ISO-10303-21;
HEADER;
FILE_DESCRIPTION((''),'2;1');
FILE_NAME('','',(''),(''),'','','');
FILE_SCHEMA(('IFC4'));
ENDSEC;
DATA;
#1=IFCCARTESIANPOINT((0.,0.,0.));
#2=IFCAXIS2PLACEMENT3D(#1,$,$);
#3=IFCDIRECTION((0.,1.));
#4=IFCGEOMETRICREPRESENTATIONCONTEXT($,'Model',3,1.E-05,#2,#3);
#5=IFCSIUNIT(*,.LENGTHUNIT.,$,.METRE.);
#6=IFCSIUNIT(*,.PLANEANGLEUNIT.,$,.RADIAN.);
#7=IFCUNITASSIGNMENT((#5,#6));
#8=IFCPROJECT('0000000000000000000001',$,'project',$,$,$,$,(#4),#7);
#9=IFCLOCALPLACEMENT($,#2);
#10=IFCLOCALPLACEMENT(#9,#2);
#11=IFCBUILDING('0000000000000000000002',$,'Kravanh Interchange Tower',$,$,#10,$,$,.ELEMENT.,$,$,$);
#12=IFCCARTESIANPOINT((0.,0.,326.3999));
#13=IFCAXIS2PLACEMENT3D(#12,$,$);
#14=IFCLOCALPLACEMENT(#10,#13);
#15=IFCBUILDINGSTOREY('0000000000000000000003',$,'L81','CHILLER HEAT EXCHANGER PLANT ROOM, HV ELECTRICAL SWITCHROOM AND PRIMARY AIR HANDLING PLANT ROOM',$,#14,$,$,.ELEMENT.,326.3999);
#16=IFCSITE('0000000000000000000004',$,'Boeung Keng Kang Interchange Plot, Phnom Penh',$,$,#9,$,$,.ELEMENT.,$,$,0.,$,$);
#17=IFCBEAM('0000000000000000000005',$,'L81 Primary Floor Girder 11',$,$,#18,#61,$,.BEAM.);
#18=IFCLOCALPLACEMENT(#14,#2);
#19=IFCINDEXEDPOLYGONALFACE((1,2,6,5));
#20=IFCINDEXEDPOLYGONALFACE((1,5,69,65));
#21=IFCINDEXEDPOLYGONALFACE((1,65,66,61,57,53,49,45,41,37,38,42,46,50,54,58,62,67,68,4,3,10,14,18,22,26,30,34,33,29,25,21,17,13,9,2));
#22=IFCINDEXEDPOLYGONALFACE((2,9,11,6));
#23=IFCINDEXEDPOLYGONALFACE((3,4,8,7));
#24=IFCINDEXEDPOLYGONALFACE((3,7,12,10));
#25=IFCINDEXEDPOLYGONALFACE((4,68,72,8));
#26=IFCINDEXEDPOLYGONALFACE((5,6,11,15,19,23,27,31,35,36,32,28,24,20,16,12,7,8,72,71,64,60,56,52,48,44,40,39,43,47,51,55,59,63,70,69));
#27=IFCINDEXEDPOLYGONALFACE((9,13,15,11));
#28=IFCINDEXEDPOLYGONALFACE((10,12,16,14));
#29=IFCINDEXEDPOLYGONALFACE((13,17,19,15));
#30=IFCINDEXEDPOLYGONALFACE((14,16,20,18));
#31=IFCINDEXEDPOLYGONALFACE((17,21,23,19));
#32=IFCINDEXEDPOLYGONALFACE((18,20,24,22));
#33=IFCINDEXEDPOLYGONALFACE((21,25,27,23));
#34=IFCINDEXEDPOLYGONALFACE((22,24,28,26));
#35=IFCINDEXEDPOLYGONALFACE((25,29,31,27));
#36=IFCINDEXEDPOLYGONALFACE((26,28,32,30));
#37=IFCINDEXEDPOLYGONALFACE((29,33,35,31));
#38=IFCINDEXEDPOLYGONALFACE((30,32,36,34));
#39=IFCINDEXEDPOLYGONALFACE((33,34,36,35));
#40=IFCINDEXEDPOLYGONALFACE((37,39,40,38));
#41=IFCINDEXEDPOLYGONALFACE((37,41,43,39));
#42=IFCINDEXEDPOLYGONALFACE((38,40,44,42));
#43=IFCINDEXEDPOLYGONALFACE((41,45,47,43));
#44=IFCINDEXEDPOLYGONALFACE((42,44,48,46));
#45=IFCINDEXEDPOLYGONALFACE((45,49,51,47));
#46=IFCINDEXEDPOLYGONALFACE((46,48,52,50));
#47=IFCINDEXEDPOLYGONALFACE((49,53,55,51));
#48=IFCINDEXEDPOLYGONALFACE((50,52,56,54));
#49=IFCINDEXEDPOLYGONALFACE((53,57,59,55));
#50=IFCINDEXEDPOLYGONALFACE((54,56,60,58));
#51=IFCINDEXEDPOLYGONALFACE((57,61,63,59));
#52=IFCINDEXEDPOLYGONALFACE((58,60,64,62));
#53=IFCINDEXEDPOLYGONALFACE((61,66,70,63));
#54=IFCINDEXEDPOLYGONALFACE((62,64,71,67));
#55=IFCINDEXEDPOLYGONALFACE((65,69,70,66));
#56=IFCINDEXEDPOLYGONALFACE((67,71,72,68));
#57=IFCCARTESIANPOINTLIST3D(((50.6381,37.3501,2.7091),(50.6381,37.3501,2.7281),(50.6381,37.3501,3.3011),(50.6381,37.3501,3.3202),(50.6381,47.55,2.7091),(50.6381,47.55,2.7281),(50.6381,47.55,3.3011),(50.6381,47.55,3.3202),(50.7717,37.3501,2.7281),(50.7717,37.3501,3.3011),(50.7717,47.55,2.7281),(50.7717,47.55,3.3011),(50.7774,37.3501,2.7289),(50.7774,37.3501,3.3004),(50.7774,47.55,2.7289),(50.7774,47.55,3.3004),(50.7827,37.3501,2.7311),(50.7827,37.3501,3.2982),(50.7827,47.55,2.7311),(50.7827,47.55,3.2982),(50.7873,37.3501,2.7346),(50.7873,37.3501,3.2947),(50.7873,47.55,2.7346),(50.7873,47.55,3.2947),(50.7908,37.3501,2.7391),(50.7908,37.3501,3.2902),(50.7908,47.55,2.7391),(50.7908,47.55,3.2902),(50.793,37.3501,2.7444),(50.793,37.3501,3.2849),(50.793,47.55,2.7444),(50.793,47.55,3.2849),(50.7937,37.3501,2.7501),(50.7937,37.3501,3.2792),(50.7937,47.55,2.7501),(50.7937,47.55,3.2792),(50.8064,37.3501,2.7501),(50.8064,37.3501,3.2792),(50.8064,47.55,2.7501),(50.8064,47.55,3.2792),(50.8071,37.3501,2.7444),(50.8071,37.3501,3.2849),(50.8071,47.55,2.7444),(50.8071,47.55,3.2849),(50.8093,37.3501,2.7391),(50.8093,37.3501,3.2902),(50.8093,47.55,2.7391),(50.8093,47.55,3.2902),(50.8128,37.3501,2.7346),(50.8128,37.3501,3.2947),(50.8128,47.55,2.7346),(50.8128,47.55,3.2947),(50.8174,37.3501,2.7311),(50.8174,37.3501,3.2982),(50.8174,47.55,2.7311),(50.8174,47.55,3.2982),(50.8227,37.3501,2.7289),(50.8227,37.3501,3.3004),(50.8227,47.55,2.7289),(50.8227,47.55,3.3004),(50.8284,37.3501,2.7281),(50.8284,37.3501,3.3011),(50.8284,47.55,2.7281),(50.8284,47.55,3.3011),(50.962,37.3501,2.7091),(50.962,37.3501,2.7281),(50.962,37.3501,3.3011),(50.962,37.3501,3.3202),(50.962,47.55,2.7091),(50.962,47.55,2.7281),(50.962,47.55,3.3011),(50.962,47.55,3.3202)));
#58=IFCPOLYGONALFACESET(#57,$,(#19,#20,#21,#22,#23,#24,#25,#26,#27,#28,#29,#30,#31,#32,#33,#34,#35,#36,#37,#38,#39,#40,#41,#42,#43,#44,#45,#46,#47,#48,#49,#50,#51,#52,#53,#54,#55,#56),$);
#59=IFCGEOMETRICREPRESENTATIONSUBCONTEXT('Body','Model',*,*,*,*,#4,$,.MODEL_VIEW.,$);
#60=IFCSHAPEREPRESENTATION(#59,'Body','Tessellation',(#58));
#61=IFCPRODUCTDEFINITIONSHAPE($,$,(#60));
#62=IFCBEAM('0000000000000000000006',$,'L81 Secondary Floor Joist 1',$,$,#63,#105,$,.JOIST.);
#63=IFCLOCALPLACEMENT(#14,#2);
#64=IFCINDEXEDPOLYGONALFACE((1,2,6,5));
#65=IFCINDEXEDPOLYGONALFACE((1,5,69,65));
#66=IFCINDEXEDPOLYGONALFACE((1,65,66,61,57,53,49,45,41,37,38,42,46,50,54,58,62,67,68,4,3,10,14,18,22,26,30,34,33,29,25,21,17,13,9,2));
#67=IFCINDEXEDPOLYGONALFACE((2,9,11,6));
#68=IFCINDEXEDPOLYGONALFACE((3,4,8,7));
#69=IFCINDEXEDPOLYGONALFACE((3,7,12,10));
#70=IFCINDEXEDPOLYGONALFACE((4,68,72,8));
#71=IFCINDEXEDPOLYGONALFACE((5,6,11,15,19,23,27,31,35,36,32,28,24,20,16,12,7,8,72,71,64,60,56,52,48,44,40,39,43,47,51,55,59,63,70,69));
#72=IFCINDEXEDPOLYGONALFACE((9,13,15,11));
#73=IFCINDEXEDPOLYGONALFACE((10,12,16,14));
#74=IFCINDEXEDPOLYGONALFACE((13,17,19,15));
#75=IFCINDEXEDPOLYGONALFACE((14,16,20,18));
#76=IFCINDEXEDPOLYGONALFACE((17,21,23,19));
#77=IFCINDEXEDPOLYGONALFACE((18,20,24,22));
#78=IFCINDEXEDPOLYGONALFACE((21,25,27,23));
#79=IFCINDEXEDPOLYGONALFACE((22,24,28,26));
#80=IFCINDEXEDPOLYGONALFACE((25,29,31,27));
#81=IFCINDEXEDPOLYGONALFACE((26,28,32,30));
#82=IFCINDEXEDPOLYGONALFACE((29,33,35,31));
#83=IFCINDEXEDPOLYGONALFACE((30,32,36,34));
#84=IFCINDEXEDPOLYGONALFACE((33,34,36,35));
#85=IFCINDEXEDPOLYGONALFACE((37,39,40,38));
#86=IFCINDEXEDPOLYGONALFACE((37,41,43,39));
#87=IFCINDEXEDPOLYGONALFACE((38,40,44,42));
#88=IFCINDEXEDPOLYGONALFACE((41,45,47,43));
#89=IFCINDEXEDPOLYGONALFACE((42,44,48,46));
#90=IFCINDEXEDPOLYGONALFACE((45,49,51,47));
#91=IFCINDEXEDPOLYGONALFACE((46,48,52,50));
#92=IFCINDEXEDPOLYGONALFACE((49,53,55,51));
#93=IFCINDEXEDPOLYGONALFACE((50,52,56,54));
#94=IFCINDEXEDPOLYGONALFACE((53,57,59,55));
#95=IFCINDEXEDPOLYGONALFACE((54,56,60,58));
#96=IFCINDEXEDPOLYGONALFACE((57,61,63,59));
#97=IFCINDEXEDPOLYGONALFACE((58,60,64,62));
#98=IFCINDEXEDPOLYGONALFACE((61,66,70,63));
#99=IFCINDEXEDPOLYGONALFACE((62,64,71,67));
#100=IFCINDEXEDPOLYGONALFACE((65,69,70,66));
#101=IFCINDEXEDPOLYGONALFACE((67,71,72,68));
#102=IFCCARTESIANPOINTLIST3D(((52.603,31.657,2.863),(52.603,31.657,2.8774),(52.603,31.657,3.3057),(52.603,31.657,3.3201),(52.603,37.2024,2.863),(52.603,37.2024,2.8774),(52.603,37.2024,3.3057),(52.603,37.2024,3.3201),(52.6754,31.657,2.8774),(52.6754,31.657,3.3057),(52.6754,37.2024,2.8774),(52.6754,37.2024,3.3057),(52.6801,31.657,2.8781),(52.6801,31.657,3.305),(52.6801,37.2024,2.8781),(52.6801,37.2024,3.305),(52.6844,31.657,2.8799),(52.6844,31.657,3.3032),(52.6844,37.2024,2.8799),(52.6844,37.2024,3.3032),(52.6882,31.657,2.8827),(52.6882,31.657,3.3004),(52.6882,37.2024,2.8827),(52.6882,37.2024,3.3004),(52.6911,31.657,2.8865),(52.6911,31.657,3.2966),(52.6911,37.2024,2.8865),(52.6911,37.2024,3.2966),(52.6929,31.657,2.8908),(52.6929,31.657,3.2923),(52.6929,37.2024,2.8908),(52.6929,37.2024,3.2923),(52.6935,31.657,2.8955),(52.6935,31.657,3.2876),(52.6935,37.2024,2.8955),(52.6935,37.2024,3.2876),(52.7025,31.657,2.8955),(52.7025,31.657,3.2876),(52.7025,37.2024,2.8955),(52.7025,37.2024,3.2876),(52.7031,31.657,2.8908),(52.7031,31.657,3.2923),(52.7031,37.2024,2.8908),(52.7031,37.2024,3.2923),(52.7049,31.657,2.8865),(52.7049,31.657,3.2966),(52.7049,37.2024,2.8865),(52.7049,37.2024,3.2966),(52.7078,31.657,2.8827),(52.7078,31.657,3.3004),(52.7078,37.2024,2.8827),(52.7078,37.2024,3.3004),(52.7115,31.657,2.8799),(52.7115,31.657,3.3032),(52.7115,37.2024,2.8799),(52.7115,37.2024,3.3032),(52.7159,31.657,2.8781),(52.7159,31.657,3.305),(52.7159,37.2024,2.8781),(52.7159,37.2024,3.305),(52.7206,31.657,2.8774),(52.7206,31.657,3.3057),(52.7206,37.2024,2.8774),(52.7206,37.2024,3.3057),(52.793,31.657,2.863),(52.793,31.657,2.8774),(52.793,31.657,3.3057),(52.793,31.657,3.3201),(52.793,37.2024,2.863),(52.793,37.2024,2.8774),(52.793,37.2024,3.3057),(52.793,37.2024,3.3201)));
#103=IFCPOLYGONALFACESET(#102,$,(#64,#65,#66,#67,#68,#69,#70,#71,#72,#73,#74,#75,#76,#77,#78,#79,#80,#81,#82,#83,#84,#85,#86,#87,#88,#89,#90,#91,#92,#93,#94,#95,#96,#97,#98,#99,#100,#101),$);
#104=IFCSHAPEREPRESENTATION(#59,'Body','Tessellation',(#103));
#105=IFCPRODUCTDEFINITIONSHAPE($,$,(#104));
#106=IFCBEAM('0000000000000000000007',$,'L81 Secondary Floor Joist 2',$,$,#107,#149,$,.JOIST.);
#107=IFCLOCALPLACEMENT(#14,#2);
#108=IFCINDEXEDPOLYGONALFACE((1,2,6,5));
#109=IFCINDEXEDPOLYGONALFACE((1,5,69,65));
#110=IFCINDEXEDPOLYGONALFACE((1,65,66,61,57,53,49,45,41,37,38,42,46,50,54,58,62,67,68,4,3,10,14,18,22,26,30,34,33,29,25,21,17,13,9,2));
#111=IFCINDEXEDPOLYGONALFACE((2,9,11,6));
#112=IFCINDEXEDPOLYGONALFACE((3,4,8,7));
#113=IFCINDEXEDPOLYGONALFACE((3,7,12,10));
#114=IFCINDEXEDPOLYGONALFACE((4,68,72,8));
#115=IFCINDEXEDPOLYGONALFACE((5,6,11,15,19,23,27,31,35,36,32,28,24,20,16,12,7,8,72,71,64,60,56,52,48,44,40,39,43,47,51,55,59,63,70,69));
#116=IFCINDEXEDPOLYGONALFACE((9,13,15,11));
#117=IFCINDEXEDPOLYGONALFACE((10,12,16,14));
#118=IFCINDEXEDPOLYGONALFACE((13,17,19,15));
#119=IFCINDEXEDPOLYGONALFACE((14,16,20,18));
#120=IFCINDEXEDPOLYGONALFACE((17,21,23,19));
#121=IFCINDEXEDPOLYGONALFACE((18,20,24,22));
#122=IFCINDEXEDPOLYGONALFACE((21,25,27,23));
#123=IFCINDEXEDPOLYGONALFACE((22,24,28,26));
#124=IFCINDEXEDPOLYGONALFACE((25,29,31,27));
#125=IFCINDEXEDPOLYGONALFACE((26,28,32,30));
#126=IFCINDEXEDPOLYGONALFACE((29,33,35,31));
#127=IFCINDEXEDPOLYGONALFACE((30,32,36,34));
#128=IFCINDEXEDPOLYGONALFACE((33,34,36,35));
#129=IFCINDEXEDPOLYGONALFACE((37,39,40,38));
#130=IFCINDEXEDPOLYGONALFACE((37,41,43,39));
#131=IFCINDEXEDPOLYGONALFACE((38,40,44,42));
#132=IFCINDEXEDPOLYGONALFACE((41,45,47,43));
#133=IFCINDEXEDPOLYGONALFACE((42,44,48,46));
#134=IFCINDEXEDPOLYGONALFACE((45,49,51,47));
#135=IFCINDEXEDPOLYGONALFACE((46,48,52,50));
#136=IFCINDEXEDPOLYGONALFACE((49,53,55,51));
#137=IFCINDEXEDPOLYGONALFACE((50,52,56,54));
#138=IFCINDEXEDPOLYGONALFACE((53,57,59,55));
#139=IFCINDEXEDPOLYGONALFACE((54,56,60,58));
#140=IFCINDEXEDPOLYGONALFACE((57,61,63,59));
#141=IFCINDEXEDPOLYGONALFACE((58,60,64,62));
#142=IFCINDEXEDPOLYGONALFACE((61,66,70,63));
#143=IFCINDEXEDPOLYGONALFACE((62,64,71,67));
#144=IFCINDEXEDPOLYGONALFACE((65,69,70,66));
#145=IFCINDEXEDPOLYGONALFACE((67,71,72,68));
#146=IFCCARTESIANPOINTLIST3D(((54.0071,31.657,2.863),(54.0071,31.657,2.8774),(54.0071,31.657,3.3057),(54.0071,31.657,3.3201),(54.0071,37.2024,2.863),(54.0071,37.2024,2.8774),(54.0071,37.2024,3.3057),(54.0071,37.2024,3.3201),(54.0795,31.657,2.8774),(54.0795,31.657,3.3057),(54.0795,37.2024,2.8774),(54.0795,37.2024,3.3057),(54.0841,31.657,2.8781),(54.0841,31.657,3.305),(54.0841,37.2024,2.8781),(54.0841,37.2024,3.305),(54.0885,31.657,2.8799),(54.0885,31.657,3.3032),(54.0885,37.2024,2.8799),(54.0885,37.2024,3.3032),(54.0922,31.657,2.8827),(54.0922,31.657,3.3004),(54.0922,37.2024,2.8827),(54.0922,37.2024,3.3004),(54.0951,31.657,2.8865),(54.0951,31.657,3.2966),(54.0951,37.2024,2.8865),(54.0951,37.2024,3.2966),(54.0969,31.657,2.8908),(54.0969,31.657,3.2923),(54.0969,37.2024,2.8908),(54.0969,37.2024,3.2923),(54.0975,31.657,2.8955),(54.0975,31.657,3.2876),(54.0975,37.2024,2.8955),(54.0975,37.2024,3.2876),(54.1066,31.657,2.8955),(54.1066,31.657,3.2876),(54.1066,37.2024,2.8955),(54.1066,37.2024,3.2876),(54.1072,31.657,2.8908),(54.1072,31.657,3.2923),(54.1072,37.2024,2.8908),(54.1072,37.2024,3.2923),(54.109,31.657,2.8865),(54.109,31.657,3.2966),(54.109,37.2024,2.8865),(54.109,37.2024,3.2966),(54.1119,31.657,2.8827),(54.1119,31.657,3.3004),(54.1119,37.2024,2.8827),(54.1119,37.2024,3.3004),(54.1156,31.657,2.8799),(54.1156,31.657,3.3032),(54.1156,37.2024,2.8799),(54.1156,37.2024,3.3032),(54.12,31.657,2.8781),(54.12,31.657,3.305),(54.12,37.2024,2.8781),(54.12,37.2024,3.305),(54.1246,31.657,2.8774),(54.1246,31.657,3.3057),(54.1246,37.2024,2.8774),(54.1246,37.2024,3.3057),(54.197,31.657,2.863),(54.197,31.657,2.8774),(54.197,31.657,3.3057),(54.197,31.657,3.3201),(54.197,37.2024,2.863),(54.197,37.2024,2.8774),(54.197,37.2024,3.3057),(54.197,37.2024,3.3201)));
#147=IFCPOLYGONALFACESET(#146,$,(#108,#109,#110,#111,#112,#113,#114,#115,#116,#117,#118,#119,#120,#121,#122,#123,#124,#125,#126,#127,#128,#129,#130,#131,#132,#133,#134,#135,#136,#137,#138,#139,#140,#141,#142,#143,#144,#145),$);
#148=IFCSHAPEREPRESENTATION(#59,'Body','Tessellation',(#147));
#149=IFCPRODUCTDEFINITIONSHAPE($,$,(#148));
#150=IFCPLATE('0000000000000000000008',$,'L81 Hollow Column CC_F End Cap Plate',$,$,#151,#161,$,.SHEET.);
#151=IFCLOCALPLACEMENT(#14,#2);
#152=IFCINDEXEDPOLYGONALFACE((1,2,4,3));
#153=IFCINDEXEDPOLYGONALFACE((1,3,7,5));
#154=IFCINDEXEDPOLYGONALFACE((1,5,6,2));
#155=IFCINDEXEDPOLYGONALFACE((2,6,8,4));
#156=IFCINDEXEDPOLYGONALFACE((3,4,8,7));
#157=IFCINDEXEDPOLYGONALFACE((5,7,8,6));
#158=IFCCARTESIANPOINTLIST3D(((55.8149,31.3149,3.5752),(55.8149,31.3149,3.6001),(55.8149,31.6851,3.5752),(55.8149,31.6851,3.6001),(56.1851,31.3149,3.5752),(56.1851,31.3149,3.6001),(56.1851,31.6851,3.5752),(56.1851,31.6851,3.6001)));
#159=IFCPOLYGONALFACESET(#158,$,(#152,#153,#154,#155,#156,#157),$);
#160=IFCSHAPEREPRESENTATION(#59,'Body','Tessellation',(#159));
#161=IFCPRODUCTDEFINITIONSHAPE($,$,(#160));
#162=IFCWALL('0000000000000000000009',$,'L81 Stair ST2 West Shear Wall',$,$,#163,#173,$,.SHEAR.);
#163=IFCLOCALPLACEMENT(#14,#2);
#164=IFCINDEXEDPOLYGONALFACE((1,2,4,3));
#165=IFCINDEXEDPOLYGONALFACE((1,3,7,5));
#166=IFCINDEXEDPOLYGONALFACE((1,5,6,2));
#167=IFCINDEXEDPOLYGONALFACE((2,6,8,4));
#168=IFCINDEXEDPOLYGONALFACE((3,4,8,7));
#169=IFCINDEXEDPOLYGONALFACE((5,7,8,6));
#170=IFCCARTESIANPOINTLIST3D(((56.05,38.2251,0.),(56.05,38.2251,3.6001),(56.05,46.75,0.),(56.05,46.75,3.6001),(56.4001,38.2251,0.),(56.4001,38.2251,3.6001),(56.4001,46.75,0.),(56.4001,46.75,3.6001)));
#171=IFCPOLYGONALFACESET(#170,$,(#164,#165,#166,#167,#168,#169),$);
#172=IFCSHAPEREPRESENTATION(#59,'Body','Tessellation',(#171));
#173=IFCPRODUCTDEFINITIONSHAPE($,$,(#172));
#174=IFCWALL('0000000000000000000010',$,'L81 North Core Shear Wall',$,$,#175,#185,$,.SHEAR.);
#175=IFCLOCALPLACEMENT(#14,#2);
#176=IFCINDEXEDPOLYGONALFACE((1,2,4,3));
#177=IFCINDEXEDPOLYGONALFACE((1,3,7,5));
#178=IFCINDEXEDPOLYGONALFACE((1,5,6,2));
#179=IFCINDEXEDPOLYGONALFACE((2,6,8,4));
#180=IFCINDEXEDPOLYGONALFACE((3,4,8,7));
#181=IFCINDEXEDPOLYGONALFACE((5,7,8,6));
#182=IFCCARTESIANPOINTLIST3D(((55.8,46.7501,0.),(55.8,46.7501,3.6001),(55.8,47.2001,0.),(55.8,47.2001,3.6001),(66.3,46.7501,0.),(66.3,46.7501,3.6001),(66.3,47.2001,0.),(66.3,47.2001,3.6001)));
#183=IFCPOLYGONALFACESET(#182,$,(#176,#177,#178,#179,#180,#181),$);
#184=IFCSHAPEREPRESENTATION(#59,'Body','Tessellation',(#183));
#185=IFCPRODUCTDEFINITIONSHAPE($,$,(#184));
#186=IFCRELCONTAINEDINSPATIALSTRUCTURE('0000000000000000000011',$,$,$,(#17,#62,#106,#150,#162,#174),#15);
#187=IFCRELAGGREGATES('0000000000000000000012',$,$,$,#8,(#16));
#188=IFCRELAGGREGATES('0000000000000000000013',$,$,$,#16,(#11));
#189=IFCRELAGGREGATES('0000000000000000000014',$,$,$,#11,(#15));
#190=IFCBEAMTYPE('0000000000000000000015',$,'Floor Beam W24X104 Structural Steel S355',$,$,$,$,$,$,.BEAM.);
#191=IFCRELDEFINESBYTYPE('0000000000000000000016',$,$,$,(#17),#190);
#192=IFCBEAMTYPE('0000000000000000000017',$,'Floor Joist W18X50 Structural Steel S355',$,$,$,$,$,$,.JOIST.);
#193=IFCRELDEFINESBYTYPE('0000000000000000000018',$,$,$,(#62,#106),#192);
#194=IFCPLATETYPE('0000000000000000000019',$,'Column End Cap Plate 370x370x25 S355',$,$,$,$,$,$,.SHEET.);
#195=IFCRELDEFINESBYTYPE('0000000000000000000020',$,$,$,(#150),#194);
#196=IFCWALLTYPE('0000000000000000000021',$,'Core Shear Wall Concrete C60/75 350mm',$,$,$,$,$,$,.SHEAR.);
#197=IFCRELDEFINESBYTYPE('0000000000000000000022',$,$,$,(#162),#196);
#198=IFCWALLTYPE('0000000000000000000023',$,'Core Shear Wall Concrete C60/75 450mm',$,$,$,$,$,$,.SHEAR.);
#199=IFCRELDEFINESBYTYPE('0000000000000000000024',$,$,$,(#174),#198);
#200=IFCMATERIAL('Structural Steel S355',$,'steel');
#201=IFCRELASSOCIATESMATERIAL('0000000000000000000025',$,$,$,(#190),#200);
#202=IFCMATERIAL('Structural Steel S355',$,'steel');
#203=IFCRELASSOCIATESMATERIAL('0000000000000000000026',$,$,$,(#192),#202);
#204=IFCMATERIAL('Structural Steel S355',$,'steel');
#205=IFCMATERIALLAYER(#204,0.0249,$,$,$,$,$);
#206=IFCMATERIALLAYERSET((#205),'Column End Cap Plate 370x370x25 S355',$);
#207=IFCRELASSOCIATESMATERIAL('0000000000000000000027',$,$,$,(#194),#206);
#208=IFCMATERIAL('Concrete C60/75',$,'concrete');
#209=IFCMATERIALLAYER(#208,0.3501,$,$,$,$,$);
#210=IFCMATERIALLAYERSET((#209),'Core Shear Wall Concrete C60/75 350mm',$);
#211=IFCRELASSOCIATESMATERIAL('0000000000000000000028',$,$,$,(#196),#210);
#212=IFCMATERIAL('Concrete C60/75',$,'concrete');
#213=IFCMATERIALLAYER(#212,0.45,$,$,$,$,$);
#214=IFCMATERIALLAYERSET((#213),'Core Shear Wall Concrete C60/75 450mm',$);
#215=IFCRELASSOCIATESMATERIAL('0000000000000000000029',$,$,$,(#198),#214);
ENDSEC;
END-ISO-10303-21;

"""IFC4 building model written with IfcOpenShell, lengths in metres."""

from ifc_helpers import new_model, si_unit, direction, frame, frame_2d, origin, origin_2d, place, context, subcontext, project, spatial, rectangle, i_section, extrude, material, layer, layer_set, material_profile, profile_set, type_object, element, save


model = new_model("IFC4")

# Units and contexts
model_context = context("Model", 3, precision=1e-05, world=origin(), true_north=direction((0.0, 1.0)))
body_context = subcontext(model_context, "Body", "Model", "MODEL_VIEW")
ifc_project = project(units=[si_unit("LENGTHUNIT", "METRE"), si_unit("PLANEANGLEUNIT", "RADIAN")], contexts=[model_context])

# Site, building, storey
site_placement = place(None, origin())
site = spatial("IfcSite", under=ifc_project, at=site_placement, Name="Boeung Keng Kang Interchange Plot, Phnom Penh", CompositionType="ELEMENT", RefElevation=0.0)
building_placement = place(site_placement, origin())
building = spatial("IfcBuilding", under=site, at=building_placement, Name="Kravanh Interchange Tower", CompositionType="ELEMENT")
storey_placement = place(building_placement, frame((0.0, 0.0, 326.3999)))
storey = spatial("IfcBuildingStorey", under=building, at=storey_placement, Name="L81", Description="CHILLER HEAT EXCHANGER PLANT ROOM, HV ELECTRICAL SWITCHROOM AND PRIMARY AIR HANDLING PLANT ROOM", CompositionType="ELEMENT", Elevation=326.3999)

# Beams
ifc_material_1 = material(Name="Structural Steel S355", Category="steel")
ifc_material_profile_1 = material_profile(ifc_material_1, i_section(OverallWidth=0.324, OverallDepth=0.6111, WebThickness=0.0127, FlangeThickness=0.019, FilletRadius=0.022, at=origin_2d()), Name="W24X104")
ifc_profile_set_1 = profile_set([ifc_material_profile_1], Name="Structural Steel S355")
beam_type_1 = type_object("IfcBeamType", Name="Floor Beam W24X104 Structural Steel S355", PredefinedType="BEAM", material=ifc_profile_set_1)
beam_1_placement = place(storey_placement, frame((50.8, 47.55, 3.0146), z_axis=(0.0, -1.0, 0.0), x_axis=(1.0, 0.0, 0.0)))
element("IfcBeam", 1, at=beam_1_placement, inside=storey, type_object=beam_type_1, Name="L81 Primary Floor Girder 11", PredefinedType="BEAM", context=body_context, shape_type="SweptSolid", body=[
    extrude(i_section(OverallWidth=0.324, OverallDepth=0.6111, WebThickness=0.0127, FlangeThickness=0.019, FilletRadius=0.022, at=origin_2d()), origin(), (0.0, 0.0, 1.0), 10.2),
])
ifc_material_2 = material(Name="Structural Steel S355", Category="steel")
ifc_material_profile_2 = material_profile(ifc_material_2, i_section(OverallWidth=0.1899, OverallDepth=0.457, WebThickness=0.009, FlangeThickness=0.0144, FilletRadius=0.0181, at=origin_2d()), Name="W18X50")
ifc_profile_set_2 = profile_set([ifc_material_profile_2], Name="Structural Steel S355")
beam_type_2 = type_object("IfcBeamType", Name="Floor Joist W18X50 Structural Steel S355", PredefinedType="JOIST", material=ifc_profile_set_2)
for number, where, z_axis, x_axis, name in (
    (2, (52.698, 31.657, 3.0916), (0.0, 1.0, 0.0), (-1.0, 0.0, 0.0), "L81 Secondary Floor Joist 1"),
    (3, (54.1021, 31.657, 3.0916), (0.0, 1.0, 0.0), (-1.0, 0.0, 0.0), "L81 Secondary Floor Joist 2"),
):
    element("IfcBeam", number, at=place(storey_placement, frame(where, z_axis=z_axis, x_axis=x_axis)), inside=storey, type_object=beam_type_2, Name=name, PredefinedType="JOIST", context=body_context, shape_type="SweptSolid", body=[
        extrude(i_section(OverallWidth=0.1899, OverallDepth=0.457, WebThickness=0.009, FlangeThickness=0.0144, FilletRadius=0.0181, at=origin_2d()), origin(), (0.0, 0.0, 1.0), 5.5454),
    ])

# Plate
ifc_material_3 = material(Name="Structural Steel S355", Category="steel")
ifc_layer_1 = layer(ifc_material_3, 0.0249)
ifc_layer_set_1 = layer_set([ifc_layer_1], Name="Column End Cap Plate 370x370x25 S355")
plate_type = type_object("IfcPlateType", Name="Column End Cap Plate 370x370x25 S355", PredefinedType="SHEET", material=ifc_layer_set_1)
plate_placement = place(storey_placement, frame((56.0, 31.5, 3.5752), z_axis=(0.0, 0.0, 1.0), x_axis=(1.0, 0.0, 0.0)))
element("IfcPlate", 4, at=plate_placement, inside=storey, type_object=plate_type, Name="L81 Hollow Column CC_F End Cap Plate", PredefinedType="SHEET", context=body_context, shape_type="SweptSolid", body=[
    extrude(rectangle(XDim=0.3701, YDim=0.3701, at=origin_2d()), origin(), (0.0, 0.0, 1.0), 0.0249),
])

# Walls
ifc_material_4 = material(Name="Concrete C60/75", Category="concrete")
ifc_layer_2 = layer(ifc_material_4, 0.3501)
ifc_layer_set_2 = layer_set([ifc_layer_2], Name="Core Shear Wall Concrete C60/75 350mm")
wall_type_1 = type_object("IfcWallType", Name="Core Shear Wall Concrete C60/75 350mm", PredefinedType="SHEAR", material=ifc_layer_set_2)
wall_1_placement = place(storey_placement, frame((56.2251, 38.2251, 0.0), z_axis=(0.0, 0.0, 1.0), x_axis=(0.0, 1.0, 0.0)))
element("IfcWall", 5, at=wall_1_placement, inside=storey, type_object=wall_type_1, Name="L81 Stair ST2 West Shear Wall", PredefinedType="SHEAR", context=body_context, shape_type="SweptSolid", body=[
    extrude(rectangle(XDim=8.5249, YDim=0.3501, at=frame_2d((4.2625, 0.0))), origin(), (0.0, 0.0, 1.0), 3.6001),
])
ifc_material_5 = material(Name="Concrete C60/75", Category="concrete")
ifc_layer_3 = layer(ifc_material_5, 0.45)
ifc_layer_set_3 = layer_set([ifc_layer_3], Name="Core Shear Wall Concrete C60/75 450mm")
wall_type_2 = type_object("IfcWallType", Name="Core Shear Wall Concrete C60/75 450mm", PredefinedType="SHEAR", material=ifc_layer_set_3)
wall_2_placement = place(storey_placement, frame((55.8, 46.9751, 0.0), z_axis=(0.0, 0.0, 1.0), x_axis=(1.0, 0.0, 0.0)))
element("IfcWall", 6, at=wall_2_placement, inside=storey, type_object=wall_type_2, Name="L81 North Core Shear Wall", PredefinedType="SHEAR", context=body_context, shape_type="SweptSolid", body=[
    extrude(rectangle(XDim=10.5, YDim=0.45, at=frame_2d((5.25, 0.0))), origin(), (0.0, 0.0, 1.0), 3.6001),
])

save(model, "model.ifc")
